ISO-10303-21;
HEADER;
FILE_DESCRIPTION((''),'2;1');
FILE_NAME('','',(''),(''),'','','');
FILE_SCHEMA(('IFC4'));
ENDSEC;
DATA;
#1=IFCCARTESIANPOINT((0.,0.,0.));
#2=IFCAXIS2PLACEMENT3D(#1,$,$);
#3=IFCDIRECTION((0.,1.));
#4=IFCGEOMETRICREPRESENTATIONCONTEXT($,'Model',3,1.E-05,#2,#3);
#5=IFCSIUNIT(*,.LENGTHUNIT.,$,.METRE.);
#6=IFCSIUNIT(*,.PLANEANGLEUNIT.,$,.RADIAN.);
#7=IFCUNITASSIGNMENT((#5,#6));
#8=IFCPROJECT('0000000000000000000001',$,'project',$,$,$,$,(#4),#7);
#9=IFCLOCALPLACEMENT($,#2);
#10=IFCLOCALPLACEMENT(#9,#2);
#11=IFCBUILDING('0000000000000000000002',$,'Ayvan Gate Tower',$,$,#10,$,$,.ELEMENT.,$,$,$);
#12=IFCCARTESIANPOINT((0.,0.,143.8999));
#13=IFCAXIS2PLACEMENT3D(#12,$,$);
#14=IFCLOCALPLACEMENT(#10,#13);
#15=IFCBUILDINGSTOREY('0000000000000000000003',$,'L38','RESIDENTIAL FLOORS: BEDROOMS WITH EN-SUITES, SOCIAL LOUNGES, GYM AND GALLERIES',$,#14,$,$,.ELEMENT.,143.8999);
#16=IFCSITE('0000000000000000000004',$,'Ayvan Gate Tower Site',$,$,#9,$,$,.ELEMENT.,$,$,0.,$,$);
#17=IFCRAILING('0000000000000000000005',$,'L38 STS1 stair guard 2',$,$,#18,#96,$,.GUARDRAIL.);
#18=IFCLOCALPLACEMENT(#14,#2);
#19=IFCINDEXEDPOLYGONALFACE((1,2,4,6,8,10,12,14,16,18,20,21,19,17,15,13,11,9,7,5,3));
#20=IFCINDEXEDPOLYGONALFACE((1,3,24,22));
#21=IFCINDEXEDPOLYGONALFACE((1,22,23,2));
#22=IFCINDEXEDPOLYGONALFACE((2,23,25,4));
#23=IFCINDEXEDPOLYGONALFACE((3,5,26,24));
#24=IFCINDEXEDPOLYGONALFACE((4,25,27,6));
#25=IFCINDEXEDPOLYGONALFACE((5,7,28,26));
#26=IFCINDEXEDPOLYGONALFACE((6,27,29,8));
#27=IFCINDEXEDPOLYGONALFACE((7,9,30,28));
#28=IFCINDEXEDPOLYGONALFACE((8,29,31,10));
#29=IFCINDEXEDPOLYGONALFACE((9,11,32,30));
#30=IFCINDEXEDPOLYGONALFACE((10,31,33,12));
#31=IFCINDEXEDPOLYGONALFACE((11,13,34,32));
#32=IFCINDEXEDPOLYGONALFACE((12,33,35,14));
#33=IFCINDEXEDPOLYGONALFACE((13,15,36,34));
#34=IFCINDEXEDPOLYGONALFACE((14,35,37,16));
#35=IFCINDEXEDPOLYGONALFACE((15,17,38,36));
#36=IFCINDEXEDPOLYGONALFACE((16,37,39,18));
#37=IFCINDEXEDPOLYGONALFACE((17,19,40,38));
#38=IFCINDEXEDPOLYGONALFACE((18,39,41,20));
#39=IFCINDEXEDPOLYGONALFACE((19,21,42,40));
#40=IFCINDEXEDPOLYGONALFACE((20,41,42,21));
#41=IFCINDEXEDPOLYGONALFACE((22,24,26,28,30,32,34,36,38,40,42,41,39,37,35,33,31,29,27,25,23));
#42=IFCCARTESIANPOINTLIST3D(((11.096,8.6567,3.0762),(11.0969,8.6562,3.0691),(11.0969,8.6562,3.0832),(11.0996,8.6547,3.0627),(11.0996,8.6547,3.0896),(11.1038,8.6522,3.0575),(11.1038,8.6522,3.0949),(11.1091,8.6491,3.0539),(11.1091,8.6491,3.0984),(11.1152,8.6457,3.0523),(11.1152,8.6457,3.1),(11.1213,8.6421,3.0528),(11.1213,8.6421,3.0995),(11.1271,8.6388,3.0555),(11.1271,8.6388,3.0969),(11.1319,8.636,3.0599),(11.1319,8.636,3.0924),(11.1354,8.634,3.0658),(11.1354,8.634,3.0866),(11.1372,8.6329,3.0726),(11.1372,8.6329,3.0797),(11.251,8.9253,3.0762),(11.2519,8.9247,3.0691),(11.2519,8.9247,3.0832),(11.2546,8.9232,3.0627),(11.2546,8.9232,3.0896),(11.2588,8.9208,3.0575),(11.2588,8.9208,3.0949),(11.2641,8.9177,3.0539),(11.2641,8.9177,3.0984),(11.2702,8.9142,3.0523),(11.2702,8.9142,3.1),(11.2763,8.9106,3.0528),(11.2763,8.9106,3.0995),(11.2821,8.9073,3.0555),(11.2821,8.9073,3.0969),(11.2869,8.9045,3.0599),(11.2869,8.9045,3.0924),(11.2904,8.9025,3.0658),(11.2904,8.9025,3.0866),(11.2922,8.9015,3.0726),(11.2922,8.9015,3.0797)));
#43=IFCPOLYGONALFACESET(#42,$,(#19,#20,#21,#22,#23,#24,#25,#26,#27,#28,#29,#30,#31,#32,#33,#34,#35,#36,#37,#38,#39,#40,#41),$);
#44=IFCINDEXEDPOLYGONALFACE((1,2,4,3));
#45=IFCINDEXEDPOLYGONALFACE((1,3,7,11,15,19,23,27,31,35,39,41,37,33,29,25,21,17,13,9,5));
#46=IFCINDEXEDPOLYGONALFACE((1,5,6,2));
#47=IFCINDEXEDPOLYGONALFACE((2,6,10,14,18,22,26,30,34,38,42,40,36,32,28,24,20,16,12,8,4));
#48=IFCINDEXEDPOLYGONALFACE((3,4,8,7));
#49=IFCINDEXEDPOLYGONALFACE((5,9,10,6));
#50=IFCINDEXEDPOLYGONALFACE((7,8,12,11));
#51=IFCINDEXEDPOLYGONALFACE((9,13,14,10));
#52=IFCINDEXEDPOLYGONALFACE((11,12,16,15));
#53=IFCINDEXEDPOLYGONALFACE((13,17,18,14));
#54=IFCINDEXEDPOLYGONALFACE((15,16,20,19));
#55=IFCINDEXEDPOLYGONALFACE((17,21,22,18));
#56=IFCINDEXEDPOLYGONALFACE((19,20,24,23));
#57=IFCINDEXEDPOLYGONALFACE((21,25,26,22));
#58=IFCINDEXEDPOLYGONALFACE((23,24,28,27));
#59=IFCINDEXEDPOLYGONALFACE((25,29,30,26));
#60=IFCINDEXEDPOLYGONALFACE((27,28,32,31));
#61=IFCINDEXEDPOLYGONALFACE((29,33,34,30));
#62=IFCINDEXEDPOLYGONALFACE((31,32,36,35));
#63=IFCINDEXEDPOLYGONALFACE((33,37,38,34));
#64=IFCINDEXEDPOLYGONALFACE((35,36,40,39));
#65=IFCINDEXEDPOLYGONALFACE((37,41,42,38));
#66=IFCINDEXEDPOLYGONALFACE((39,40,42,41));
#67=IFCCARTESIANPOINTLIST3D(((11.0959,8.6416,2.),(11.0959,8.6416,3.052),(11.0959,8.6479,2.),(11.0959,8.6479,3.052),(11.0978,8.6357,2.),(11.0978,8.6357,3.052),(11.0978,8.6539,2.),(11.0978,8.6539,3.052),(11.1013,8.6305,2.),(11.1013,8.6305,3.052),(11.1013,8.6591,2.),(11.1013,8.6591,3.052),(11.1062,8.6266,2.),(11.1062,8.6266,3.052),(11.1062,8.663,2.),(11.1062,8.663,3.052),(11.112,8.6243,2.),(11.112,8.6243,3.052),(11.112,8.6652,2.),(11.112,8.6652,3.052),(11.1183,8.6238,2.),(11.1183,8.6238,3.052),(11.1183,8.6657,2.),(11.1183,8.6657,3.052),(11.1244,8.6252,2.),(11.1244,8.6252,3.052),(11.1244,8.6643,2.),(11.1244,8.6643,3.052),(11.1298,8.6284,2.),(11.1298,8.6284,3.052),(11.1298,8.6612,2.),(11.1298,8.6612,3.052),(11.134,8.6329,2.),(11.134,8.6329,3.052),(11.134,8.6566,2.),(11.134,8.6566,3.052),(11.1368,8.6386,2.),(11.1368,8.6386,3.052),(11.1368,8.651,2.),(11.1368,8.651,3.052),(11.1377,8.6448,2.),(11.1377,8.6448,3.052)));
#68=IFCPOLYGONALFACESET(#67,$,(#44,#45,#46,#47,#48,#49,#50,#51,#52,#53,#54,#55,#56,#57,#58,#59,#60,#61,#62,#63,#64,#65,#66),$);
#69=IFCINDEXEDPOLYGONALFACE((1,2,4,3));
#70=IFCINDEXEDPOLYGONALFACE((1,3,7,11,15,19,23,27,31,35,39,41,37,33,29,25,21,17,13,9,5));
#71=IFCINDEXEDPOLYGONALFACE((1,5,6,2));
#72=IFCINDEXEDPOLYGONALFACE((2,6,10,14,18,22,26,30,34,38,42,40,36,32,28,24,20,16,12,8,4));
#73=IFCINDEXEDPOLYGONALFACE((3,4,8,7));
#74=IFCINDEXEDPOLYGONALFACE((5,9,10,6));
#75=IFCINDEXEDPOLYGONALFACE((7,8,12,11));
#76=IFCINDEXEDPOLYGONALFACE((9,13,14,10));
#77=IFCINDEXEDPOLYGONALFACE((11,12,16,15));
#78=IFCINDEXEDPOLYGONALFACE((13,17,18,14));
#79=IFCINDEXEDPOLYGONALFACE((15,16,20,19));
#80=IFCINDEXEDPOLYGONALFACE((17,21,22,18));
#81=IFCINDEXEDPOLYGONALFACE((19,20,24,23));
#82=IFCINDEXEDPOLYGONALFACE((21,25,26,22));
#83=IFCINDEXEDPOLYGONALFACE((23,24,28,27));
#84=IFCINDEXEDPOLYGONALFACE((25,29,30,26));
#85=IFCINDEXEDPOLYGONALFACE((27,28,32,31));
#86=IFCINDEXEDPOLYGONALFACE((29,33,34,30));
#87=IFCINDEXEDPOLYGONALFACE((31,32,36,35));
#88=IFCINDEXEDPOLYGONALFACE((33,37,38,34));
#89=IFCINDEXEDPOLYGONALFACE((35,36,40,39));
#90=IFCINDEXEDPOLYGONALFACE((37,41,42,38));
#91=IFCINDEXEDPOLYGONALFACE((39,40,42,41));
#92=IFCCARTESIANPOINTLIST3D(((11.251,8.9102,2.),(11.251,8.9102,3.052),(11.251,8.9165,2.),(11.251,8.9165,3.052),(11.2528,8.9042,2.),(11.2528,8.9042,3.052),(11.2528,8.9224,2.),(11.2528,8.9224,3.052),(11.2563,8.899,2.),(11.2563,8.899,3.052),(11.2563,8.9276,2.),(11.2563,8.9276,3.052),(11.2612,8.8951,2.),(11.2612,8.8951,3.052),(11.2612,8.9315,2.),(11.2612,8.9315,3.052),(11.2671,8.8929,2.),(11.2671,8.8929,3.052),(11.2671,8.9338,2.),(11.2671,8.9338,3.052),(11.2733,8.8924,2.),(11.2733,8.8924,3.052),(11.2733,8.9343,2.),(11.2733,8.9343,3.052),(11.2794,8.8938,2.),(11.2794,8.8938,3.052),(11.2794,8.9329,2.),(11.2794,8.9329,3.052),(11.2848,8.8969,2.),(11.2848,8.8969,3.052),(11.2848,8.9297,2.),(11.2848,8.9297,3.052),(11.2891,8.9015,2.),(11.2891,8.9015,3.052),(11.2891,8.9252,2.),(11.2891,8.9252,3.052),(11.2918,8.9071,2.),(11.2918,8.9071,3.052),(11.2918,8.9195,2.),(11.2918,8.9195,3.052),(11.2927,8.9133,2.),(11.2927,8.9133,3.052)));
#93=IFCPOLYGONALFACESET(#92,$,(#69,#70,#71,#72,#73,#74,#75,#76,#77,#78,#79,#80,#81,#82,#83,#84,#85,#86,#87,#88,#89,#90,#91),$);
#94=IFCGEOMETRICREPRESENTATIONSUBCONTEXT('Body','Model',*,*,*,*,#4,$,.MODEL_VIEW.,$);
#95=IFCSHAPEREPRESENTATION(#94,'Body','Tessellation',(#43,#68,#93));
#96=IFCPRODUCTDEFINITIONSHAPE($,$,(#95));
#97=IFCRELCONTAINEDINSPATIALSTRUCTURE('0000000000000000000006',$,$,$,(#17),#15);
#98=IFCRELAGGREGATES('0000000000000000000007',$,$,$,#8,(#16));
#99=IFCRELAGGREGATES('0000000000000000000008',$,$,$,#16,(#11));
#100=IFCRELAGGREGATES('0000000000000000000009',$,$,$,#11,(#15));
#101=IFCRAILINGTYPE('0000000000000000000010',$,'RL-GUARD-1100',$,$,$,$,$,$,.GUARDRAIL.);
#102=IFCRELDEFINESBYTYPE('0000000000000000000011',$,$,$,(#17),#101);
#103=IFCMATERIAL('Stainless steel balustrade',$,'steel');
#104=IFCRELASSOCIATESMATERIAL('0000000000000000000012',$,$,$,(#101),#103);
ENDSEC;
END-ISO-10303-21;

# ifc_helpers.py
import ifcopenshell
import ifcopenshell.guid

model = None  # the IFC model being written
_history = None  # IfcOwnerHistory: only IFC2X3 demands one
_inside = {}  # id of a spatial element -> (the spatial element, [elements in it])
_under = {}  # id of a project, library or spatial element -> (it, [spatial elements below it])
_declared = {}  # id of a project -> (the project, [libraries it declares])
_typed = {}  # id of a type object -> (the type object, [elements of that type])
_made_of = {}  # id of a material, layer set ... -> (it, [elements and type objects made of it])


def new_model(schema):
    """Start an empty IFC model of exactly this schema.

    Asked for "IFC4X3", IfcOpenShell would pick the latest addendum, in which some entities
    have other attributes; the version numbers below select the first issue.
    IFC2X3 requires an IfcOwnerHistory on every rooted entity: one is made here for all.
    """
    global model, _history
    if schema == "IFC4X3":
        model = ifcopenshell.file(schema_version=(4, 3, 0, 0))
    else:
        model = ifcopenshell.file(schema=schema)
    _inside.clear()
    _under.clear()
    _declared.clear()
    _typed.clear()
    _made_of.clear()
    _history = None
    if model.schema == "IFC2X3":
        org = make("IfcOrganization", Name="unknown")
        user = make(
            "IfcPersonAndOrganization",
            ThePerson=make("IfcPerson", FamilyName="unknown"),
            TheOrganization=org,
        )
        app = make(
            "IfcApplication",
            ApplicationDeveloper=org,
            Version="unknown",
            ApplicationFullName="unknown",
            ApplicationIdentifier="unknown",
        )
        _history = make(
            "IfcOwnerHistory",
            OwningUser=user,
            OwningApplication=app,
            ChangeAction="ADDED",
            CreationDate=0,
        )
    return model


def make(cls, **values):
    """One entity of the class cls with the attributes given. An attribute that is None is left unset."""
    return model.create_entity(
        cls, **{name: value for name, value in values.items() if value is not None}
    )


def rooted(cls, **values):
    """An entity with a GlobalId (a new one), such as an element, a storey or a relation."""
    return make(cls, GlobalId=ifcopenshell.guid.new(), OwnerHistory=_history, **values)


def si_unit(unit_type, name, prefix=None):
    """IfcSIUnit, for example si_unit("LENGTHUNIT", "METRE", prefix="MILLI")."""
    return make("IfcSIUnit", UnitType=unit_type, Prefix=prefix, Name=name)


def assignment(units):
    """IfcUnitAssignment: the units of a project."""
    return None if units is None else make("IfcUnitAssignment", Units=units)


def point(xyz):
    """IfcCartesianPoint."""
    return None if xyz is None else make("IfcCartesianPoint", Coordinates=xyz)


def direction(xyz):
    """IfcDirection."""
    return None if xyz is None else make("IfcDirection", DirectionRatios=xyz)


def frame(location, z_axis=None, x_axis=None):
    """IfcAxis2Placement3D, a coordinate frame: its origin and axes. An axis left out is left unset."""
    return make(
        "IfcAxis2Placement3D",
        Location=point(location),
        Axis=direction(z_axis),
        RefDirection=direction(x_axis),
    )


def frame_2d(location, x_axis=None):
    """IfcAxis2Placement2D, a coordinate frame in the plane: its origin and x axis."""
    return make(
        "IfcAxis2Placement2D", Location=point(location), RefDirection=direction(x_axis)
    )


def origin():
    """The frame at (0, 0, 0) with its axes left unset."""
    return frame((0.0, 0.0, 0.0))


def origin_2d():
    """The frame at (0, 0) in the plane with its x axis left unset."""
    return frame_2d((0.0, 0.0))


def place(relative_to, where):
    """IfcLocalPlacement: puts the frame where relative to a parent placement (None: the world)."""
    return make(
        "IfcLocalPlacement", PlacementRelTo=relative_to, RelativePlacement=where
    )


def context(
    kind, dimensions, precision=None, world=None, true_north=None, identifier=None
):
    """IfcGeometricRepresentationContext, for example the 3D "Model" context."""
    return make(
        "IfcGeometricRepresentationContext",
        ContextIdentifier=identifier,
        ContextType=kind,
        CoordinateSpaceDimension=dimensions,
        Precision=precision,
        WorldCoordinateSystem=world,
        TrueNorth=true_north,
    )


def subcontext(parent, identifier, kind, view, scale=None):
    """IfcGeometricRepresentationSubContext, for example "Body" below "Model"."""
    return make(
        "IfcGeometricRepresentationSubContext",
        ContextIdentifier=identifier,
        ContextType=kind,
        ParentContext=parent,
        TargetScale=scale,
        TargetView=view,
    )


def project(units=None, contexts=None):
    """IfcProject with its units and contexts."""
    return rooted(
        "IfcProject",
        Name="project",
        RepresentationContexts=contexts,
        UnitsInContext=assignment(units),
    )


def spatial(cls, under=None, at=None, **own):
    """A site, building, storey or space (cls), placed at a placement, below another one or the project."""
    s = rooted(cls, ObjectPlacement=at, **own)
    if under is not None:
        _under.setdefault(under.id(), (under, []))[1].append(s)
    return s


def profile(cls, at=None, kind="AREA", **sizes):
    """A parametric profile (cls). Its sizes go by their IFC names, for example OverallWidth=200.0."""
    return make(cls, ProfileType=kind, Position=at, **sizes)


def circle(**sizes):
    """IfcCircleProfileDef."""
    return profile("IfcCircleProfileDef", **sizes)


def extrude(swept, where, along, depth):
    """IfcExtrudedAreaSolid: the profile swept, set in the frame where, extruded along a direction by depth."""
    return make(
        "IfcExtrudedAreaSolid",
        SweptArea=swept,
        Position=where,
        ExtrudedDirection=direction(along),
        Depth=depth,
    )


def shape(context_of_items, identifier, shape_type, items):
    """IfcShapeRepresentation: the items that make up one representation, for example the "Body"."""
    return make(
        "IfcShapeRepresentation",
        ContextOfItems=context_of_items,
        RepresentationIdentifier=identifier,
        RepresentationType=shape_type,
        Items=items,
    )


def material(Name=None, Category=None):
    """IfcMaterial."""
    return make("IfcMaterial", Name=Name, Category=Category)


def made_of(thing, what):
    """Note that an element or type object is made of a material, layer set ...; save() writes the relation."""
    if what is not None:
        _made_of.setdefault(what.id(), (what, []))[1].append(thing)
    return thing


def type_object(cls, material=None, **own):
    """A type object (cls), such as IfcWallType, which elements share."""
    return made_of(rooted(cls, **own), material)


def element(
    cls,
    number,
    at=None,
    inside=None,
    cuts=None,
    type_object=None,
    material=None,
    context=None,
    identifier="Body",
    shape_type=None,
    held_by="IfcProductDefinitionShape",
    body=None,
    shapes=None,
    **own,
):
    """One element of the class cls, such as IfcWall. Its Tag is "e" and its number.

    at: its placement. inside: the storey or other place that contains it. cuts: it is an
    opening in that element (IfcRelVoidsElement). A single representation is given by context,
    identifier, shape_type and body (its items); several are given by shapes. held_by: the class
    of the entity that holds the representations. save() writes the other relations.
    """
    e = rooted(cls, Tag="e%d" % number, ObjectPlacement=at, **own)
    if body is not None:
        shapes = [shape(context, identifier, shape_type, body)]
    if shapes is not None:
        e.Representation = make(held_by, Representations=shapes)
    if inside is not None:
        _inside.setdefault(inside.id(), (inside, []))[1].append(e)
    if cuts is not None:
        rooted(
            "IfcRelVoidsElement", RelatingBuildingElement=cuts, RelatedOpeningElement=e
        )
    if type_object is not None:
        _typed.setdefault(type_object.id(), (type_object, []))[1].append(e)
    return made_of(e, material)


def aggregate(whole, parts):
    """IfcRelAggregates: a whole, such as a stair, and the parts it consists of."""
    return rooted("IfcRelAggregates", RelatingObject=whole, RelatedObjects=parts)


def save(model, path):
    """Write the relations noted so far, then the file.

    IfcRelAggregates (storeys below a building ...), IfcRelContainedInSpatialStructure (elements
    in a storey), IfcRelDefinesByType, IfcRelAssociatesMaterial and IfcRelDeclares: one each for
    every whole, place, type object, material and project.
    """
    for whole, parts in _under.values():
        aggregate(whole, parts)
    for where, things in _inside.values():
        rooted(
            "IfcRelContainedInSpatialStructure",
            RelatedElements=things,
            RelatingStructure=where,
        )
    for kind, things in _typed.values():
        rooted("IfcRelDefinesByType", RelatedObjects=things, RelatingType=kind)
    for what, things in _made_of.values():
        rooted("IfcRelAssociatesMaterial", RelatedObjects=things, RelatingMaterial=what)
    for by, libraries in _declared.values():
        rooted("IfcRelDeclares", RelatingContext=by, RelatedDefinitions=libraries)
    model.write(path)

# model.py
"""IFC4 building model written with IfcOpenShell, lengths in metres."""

from ifc_helpers import new_model, si_unit, direction, frame, origin, origin_2d, place, context, subcontext, project, spatial, circle, extrude, material, type_object, element, save


model = new_model("IFC4")

# Units and contexts
model_context = context("Model", 3, precision=1e-05, world=origin(), true_north=direction((0.0, 1.0)))
body_context = subcontext(model_context, "Body", "Model", "MODEL_VIEW")
ifc_project = project(units=[si_unit("LENGTHUNIT", "METRE"), si_unit("PLANEANGLEUNIT", "RADIAN")], contexts=[model_context])

# Site, building, storey
site_placement = place(None, origin())
site = spatial("IfcSite", under=ifc_project, at=site_placement, Name="Ayvan Gate Tower Site", CompositionType="ELEMENT", RefElevation=0.0)
building_placement = place(site_placement, origin())
building = spatial("IfcBuilding", under=site, at=building_placement, Name="Ayvan Gate Tower", CompositionType="ELEMENT")
storey_placement = place(building_placement, frame((0.0, 0.0, 143.8999)))
storey = spatial("IfcBuildingStorey", under=building, at=storey_placement, Name="L38", Description="RESIDENTIAL FLOORS: BEDROOMS WITH EN-SUITES, SOCIAL LOUNGES, GYM AND GALLERIES", CompositionType="ELEMENT", Elevation=143.8999)

# Railing
ifc_material_1 = material(Name="Stainless steel balustrade", Category="steel")
railing_type_1 = type_object("IfcRailingType", Name="RL-GUARD-1100", PredefinedType="GUARDRAIL", material=ifc_material_1)
railing_1_placement = place(storey_placement, frame((11.1167, 8.6448, 2.0)))
element("IfcRailing", 1, at=railing_1_placement, inside=storey, type_object=railing_type_1, Name="L38 STS1 stair guard 2", PredefinedType="GUARDRAIL", context=body_context, shape_type="SweptSolid", body=[
    extrude(circle(Radius=0.0239, at=origin_2d()), frame((0.0, 0.0, 1.0762), z_axis=(0.49995, 0.866054, 0.0), x_axis=(-0.866054, 0.49995, 0.0)), (0.0, 0.0, 1.0), 0.3101),
    extrude(circle(Radius=0.021, at=origin_2d()), origin(), (0.0, 0.0, 1.0), 1.052),
    extrude(circle(Radius=0.021, at=origin_2d()), frame((0.155, 0.2686, 0.0)), (0.0, 0.0, 1.0), 1.052),
])

save(model, "model.ifc")
